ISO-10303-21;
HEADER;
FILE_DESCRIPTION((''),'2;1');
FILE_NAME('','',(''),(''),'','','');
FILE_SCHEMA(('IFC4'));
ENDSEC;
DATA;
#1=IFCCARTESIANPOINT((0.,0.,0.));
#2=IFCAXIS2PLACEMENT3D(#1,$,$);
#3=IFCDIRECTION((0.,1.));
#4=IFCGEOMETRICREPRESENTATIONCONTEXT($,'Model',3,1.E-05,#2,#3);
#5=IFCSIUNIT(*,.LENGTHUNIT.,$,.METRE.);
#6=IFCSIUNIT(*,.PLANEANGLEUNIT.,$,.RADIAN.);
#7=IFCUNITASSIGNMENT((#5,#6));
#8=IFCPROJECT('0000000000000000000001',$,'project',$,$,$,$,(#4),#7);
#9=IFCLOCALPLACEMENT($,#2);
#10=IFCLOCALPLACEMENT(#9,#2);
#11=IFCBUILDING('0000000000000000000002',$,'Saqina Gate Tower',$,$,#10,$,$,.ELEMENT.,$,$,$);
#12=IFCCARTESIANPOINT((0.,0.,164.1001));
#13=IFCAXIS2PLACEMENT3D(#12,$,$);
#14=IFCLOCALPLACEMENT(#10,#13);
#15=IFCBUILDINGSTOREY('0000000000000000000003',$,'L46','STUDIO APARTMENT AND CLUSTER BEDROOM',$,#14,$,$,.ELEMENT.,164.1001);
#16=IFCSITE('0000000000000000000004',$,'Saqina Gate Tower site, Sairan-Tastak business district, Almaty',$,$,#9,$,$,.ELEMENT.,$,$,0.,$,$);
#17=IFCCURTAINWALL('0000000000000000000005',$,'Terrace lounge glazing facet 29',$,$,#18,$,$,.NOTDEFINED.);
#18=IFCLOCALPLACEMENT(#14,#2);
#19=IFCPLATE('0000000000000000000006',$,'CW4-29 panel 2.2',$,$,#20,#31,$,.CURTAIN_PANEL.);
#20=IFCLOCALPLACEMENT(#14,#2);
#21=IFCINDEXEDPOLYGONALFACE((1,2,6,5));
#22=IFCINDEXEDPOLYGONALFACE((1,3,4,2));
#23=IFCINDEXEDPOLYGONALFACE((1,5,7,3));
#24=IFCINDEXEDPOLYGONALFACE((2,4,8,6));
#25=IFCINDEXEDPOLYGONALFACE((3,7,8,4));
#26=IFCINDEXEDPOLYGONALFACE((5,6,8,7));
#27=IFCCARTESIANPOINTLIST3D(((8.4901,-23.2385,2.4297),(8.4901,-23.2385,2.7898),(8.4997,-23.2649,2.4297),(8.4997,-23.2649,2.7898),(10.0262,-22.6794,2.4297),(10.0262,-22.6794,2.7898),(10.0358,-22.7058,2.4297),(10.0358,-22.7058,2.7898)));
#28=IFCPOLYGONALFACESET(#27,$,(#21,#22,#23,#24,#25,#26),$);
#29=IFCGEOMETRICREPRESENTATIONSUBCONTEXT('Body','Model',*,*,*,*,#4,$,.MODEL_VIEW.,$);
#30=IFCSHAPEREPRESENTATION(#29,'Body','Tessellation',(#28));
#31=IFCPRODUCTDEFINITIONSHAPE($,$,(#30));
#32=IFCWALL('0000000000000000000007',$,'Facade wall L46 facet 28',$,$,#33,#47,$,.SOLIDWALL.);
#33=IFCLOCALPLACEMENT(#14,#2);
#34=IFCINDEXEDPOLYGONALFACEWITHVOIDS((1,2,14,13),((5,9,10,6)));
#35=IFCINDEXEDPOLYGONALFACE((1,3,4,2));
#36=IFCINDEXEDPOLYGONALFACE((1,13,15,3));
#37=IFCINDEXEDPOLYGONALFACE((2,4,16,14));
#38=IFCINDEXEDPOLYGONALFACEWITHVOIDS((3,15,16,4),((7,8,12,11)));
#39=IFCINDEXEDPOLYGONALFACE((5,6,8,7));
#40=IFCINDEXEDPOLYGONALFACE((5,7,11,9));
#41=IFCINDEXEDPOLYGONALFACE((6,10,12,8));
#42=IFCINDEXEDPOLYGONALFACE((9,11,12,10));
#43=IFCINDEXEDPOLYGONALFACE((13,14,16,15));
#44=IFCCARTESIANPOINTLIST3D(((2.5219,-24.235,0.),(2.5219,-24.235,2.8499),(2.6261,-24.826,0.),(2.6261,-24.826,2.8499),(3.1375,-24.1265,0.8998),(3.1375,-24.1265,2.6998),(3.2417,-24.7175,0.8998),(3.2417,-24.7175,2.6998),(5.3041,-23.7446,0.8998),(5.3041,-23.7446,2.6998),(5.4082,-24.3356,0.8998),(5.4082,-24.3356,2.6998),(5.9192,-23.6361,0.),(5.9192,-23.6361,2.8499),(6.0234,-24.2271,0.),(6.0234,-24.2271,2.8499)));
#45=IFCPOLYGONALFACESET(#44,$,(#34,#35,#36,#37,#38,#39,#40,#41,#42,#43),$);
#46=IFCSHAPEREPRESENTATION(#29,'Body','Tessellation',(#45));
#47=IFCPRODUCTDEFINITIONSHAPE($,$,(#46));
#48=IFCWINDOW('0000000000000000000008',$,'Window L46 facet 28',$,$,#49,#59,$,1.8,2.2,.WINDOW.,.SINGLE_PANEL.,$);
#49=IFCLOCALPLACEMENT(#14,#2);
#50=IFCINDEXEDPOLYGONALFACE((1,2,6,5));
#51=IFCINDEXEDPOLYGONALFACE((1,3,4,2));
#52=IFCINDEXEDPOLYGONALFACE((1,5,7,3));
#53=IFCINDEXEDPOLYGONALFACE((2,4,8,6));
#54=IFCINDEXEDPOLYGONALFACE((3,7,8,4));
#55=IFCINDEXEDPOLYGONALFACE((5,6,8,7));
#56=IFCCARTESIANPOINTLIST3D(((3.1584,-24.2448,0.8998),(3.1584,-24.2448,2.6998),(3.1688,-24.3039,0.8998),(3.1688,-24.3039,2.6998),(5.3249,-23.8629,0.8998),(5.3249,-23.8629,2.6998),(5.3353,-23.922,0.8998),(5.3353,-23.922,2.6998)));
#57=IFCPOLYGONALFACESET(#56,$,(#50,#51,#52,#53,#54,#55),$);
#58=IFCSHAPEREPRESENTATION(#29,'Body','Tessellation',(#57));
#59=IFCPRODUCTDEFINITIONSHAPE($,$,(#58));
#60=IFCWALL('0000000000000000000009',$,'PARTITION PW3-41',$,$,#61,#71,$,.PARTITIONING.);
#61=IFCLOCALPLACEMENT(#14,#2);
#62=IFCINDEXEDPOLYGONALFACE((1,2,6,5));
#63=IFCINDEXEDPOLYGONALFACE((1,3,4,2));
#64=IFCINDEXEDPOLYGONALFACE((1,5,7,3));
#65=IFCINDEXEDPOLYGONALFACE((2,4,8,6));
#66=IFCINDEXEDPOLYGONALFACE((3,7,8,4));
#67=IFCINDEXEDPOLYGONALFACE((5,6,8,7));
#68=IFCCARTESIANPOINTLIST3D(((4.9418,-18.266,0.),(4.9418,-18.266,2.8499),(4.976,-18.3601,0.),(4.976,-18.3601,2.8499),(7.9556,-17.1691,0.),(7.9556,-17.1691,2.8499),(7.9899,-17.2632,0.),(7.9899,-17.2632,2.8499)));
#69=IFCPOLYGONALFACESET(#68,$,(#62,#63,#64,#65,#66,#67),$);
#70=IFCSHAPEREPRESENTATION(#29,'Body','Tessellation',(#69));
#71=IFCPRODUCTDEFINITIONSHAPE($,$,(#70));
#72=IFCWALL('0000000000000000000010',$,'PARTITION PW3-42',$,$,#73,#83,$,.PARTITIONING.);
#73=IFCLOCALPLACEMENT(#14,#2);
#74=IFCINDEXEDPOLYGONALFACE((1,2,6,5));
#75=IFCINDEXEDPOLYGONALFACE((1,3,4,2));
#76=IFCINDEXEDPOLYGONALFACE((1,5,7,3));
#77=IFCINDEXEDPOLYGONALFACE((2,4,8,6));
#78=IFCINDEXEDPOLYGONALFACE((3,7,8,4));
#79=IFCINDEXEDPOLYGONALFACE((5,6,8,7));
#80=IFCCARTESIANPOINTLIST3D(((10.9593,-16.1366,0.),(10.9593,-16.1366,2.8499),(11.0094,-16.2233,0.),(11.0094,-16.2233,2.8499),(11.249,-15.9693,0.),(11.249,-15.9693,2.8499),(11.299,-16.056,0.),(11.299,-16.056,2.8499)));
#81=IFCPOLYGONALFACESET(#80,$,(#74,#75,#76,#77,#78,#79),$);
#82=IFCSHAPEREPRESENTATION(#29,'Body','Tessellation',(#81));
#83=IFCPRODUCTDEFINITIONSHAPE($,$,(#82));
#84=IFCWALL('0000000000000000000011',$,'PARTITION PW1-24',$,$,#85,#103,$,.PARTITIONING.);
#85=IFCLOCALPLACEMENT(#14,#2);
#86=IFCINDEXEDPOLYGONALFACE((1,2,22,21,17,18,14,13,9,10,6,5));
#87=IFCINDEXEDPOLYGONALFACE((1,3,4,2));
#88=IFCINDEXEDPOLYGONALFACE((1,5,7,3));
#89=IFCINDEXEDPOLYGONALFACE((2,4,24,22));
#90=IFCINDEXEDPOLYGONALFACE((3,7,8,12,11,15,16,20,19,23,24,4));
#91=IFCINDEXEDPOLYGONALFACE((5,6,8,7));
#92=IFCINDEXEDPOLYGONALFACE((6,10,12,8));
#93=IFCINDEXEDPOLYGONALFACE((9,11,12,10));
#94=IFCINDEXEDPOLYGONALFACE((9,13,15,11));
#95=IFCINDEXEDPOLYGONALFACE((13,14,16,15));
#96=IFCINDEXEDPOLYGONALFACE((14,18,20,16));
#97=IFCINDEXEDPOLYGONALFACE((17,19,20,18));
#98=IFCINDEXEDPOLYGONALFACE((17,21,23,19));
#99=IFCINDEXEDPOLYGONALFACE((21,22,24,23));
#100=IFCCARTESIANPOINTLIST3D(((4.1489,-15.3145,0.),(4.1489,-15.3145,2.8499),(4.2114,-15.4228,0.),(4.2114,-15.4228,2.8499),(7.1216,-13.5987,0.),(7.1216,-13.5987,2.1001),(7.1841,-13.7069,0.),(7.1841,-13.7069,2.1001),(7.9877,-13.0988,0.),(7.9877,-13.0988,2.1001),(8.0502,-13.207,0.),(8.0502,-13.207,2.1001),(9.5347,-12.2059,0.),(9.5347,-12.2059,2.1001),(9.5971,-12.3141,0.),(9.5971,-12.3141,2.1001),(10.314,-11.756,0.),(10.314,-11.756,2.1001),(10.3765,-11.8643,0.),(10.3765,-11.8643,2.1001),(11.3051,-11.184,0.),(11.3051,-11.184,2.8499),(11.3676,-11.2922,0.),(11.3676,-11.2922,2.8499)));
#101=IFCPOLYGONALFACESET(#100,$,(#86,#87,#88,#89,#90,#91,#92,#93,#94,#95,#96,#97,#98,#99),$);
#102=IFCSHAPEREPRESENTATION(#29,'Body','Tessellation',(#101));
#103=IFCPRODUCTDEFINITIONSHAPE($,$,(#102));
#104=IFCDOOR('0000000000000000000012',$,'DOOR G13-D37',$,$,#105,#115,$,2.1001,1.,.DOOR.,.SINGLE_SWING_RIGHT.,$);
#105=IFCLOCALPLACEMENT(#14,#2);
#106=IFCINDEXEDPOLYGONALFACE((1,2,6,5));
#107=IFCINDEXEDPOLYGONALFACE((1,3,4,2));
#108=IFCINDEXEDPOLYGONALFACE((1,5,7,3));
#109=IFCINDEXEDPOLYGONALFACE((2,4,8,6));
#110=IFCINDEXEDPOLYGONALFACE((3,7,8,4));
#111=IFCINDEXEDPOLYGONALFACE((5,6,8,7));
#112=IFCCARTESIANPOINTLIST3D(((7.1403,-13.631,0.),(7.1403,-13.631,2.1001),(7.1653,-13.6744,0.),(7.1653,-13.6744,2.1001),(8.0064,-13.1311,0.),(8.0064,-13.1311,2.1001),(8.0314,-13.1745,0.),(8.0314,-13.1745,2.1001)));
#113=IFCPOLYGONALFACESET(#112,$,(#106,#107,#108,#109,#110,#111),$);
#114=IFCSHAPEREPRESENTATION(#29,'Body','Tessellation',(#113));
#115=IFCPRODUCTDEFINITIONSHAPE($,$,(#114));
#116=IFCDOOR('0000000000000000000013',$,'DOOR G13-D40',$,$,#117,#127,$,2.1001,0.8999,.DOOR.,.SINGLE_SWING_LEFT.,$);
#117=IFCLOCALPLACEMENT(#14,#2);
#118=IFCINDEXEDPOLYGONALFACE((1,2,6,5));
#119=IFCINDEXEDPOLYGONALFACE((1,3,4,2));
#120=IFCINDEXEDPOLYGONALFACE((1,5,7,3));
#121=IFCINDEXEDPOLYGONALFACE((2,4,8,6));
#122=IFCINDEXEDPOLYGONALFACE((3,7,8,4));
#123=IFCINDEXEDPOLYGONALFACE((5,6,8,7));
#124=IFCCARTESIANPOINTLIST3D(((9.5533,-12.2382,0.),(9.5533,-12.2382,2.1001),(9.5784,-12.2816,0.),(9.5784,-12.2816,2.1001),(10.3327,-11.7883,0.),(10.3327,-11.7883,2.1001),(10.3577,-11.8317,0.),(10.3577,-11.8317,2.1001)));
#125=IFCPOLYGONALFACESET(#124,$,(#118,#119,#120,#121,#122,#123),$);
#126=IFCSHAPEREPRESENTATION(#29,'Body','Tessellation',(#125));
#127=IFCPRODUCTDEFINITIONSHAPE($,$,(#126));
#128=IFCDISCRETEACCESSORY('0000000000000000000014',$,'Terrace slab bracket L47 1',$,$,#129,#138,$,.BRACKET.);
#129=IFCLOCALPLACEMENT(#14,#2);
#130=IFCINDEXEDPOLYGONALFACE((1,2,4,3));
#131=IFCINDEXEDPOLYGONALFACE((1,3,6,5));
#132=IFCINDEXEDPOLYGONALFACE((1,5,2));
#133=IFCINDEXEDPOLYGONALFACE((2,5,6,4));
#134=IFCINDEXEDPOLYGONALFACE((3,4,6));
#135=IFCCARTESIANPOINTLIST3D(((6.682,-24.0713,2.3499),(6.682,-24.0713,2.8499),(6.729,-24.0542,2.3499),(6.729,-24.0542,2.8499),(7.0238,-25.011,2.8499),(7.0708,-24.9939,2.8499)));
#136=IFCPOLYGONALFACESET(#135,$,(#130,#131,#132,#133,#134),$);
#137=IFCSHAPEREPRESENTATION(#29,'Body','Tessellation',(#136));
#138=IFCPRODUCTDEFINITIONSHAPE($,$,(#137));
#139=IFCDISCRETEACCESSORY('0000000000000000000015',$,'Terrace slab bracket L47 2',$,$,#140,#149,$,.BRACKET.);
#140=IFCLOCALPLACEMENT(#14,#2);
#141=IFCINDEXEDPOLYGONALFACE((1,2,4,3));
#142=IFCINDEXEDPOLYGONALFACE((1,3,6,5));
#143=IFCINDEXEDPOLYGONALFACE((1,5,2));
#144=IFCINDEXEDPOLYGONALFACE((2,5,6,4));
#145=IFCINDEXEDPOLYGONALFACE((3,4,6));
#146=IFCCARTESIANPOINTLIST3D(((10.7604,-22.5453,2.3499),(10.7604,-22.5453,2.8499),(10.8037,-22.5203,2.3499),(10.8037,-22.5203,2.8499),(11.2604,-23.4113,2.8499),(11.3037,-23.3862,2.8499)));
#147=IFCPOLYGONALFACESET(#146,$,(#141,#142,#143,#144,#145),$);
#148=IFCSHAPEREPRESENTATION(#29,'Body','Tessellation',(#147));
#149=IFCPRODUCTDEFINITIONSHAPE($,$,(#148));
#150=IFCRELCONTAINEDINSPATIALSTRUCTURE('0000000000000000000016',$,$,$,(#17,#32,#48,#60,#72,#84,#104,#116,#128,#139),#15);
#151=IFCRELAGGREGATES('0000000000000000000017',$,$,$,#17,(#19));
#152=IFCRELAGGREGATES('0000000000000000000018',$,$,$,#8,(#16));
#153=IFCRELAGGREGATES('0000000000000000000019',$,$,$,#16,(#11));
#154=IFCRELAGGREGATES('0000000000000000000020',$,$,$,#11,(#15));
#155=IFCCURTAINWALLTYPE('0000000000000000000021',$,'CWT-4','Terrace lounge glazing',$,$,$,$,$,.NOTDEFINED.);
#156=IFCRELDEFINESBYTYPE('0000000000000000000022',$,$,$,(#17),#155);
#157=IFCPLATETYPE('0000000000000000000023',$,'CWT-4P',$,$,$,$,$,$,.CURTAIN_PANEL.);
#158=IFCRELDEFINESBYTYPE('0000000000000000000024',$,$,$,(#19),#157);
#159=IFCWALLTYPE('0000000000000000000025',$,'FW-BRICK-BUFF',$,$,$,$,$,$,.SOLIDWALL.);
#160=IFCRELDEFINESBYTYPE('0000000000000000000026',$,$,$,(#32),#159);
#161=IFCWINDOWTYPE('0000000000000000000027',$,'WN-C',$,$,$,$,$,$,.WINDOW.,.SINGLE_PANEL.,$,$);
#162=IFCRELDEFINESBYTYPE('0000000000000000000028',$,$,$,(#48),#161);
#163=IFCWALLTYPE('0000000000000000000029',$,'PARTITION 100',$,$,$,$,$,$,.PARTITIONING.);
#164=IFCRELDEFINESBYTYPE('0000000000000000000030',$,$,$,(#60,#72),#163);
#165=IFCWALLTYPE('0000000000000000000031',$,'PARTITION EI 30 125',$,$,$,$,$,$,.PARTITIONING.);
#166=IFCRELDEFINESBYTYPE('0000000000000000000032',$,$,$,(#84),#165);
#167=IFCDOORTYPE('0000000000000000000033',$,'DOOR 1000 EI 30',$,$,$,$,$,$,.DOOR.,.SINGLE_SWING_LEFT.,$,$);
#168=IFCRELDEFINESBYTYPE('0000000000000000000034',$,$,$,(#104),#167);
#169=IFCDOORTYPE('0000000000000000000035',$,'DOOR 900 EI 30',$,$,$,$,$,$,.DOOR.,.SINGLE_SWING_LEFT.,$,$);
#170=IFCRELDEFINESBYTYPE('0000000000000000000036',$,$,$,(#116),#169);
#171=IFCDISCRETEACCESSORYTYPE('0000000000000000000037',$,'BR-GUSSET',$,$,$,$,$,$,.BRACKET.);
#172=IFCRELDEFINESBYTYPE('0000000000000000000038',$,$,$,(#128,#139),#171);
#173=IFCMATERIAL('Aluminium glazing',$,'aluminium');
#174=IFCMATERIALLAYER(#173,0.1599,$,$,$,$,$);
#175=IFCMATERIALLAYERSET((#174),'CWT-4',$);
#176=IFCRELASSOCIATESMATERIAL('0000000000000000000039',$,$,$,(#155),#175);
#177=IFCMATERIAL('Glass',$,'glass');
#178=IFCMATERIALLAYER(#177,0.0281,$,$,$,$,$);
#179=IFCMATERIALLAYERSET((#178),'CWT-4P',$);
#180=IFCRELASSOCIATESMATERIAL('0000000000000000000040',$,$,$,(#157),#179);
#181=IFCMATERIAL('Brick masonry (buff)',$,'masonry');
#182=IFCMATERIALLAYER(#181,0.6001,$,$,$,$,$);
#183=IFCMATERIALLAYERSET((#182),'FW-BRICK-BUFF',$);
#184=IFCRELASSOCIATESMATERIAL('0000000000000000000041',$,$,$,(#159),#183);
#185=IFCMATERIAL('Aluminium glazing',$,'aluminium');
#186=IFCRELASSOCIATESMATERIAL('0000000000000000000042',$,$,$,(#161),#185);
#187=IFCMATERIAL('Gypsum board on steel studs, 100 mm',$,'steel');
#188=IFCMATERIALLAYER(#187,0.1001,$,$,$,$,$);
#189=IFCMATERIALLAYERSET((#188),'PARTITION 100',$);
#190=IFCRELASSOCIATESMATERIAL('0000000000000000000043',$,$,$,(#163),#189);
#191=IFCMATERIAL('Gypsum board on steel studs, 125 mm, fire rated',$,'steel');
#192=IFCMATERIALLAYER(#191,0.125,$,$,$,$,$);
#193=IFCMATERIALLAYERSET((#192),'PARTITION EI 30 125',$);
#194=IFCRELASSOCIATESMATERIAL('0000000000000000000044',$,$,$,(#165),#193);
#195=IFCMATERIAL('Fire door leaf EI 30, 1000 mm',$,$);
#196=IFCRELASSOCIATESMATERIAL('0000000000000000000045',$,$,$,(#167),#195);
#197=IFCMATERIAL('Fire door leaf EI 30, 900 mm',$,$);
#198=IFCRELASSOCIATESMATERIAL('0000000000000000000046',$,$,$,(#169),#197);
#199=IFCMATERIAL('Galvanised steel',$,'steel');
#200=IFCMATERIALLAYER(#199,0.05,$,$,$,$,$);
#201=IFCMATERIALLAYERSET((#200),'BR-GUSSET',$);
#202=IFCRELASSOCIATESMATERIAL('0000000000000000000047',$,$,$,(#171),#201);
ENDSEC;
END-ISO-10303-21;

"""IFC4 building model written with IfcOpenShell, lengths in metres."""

from ifc_helpers import new_model, si_unit, direction, frame, frame_2d, origin, origin_2d, place, context, subcontext, project, spatial, polyline, rectangle, outline, extrude, material, layer, layer_set, type_object, element, fill, aggregate, save


model = new_model("IFC4")

# Units and contexts
model_context = context("Model", 3, precision=1e-05, world=origin(), true_north=direction((0.0, 1.0)))
body_context = subcontext(model_context, "Body", "Model", "MODEL_VIEW")
ifc_project = project(units=[si_unit("LENGTHUNIT", "METRE"), si_unit("PLANEANGLEUNIT", "RADIAN")], contexts=[model_context])

# Site, building, storey
site_placement = place(None, origin())
site = spatial("IfcSite", under=ifc_project, at=site_placement, Name="Saqina Gate Tower site, Sairan-Tastak business district, Almaty", CompositionType="ELEMENT", RefElevation=0.0)
building_placement = place(site_placement, origin())
building = spatial("IfcBuilding", under=site, at=building_placement, Name="Saqina Gate Tower", CompositionType="ELEMENT")
storey_placement = place(building_placement, frame((0.0, 0.0, 164.1001)))
storey = spatial("IfcBuildingStorey", under=building, at=storey_placement, Name="L46", Description="STUDIO APARTMENT AND CLUSTER BEDROOM", CompositionType="ELEMENT", Elevation=164.1001)

# Curtain wall, plate
ifc_material_1 = material(Name="Aluminium glazing", Category="aluminium")
ifc_layer_1 = layer(ifc_material_1, 0.1599)
ifc_layer_set_1 = layer_set([ifc_layer_1], Name="CWT-4")
curtain_wall_type = type_object("IfcCurtainWallType", Name="CWT-4", Description="Terrace lounge glazing", PredefinedType="NOTDEFINED", material=ifc_layer_set_1)
curtain_wall_placement = place(storey_placement, origin())
curtain_wall = element("IfcCurtainWall", 1, at=curtain_wall_placement, inside=storey, type_object=curtain_wall_type, Name="Terrace lounge glazing facet 29", PredefinedType="NOTDEFINED")
ifc_material_2 = material(Name="Glass", Category="glass")
ifc_layer_2 = layer(ifc_material_2, 0.0281)
ifc_layer_set_2 = layer_set([ifc_layer_2], Name="CWT-4P")
plate_type = type_object("IfcPlateType", Name="CWT-4P", PredefinedType="CURTAIN_PANEL", material=ifc_layer_set_2)
plate_1_placement = place(storey_placement, frame((9.2629, -22.9722, 2.4297), z_axis=(0.0, 0.0, 1.0), x_axis=(0.939691, 0.342025, 0.0)))
plate_1 = element("IfcPlate", 2, at=plate_1_placement, type_object=plate_type, Name="CW4-29 panel 2.2", PredefinedType="CURTAIN_PANEL", context=body_context, shape_type="SweptSolid", body=[
    extrude(rectangle(XDim=1.6348, YDim=0.0281, at=origin_2d()), origin(), (0.0, 0.0, 1.0), 0.3601),
])
aggregate(curtain_wall, [plate_1])

# Wall, opening, window
ifc_material_3 = material(Name="Brick masonry (buff)", Category="masonry")
ifc_layer_3 = layer(ifc_material_3, 0.6001)
ifc_layer_set_3 = layer_set([ifc_layer_3], Name="FW-BRICK-BUFF")
wall_type_1 = type_object("IfcWallType", Name="FW-BRICK-BUFF", PredefinedType="SOLIDWALL", material=ifc_layer_set_3)
wall_1_placement = place(storey_placement, frame((2.574, -24.5305, 0.0), z_axis=(0.0, 0.0, 1.0), x_axis=(0.984815, 0.173608, 0.0)))
wall_1 = element("IfcWall", 3, at=wall_1_placement, inside=storey, type_object=wall_type_1, Name="Facade wall L46 facet 28", PredefinedType="SOLIDWALL", context=body_context, shape_type="SweptSolid", body=[
    extrude(rectangle(XDim=3.4497, YDim=0.6001, at=frame_2d((1.7249, 0.0))), origin(), (0.0, 0.0, 1.0), 2.8499),
])
opening_1_placement = place(wall_1_placement, frame((0.625, 0.0, 0.8999)))
opening_1 = element("IfcOpeningElement", 4, at=opening_1_placement, cuts=wall_1, PredefinedType="OPENING", context=body_context, shape_type="SweptSolid", body=[
    extrude(rectangle(XDim=2.2, YDim=1.8, at=frame_2d((1.1001, 0.8999))), frame((0.0, 0.312, 0.0), z_axis=(0.0, -1.0, 0.0), x_axis=(1.0, 0.0, 0.0)), (0.0, 0.0, 1.0), 0.624),
])
ifc_material_4 = material(Name="Aluminium glazing", Category="aluminium")
window_type = type_object("IfcWindowType", Name="WN-C", PartitioningType="SINGLE_PANEL", PredefinedType="WINDOW", material=ifc_material_4)
window_placement = place(opening_1_placement, origin())
window = element("IfcWindow", 5, at=window_placement, inside=storey, type_object=window_type, Name="Window L46 facet 28", OverallHeight=1.8, OverallWidth=2.2, PartitioningType="SINGLE_PANEL", PredefinedType="WINDOW", context=body_context, shape_type="SweptSolid", body=[
    extrude(rectangle(XDim=2.2, YDim=1.8, at=frame_2d((1.1001, 0.8999))), frame((0.0, 0.1799, 0.0), z_axis=(0.0, -1.0, 0.0), x_axis=(1.0, 0.0, 0.0)), (0.0, 0.0, 1.0), 0.0601),
])
fill(opening_1, window)

# Walls
ifc_material_5 = material(Name="Gypsum board on steel studs, 100 mm", Category="steel")
ifc_layer_4 = layer(ifc_material_5, 0.1001)
ifc_layer_set_4 = layer_set([ifc_layer_4], Name="PARTITION 100")
wall_type_2 = type_object("IfcWallType", Name="PARTITION 100", PredefinedType="PARTITIONING", material=ifc_layer_set_4)
wall_2_placement = place(storey_placement, frame((4.959, -18.313, 0.0), z_axis=(0.0, 0.0, 1.0), x_axis=(0.939698, 0.342006, 0.0)))
element("IfcWall", 6, at=wall_2_placement, inside=storey, type_object=wall_type_2, Name="PARTITION PW3-41", PredefinedType="PARTITIONING", context=body_context, shape_type="SweptSolid", body=[
    extrude(rectangle(XDim=3.2073, YDim=0.1001, at=frame_2d((1.6035, 0.0))), origin(), (0.0, 0.0, 1.0), 2.8499),
])
wall_3_placement = place(storey_placement, frame((10.9844, -16.1799, 0.0), z_axis=(0.0, 0.0, 1.0), x_axis=(0.865942, 0.500144, 0.0)))
element("IfcWall", 7, at=wall_3_placement, inside=storey, type_object=wall_type_2, Name="PARTITION PW3-42", PredefinedType="PARTITIONING", context=body_context, shape_type="SweptSolid", body=[
    extrude(rectangle(XDim=0.3345, YDim=0.1001, at=frame_2d((0.1672, 0.0))), origin(), (0.0, 0.0, 1.0), 2.8499),
])

# Wall, openings, doors
ifc_material_6 = material(Name="Gypsum board on steel studs, 125 mm, fire rated", Category="steel")
ifc_layer_5 = layer(ifc_material_6, 0.125)
ifc_layer_set_5 = layer_set([ifc_layer_5], Name="PARTITION EI 30 125")
wall_type_3 = type_object("IfcWallType", Name="PARTITION EI 30 125", PredefinedType="PARTITIONING", material=ifc_layer_set_5)
wall_4_placement = place(storey_placement, frame((4.1802, -15.3687, 0.0), z_axis=(0.0, 0.0, 1.0), x_axis=(0.86608, 0.499905, 0.0)))
wall_4 = element("IfcWall", 8, at=wall_4_placement, inside=storey, type_object=wall_type_3, Name="PARTITION PW1-24", PredefinedType="PARTITIONING", context=body_context, shape_type="SweptSolid", body=[
    extrude(rectangle(XDim=8.2627, YDim=0.125, at=frame_2d((4.1313, 0.0))), origin(), (0.0, 0.0, 1.0), 2.8499),
])
opening_2_placement = place(wall_4_placement, frame((3.4324, 0.0, 0.0)))
opening_2 = element("IfcOpeningElement", 9, at=opening_2_placement, cuts=wall_4, PredefinedType="OPENING", context=body_context, shape_type="SweptSolid", body=[
    extrude(rectangle(XDim=1.0, YDim=2.1001, at=frame_2d((0.5, 1.05))), frame((0.0, 0.0745, 0.0), z_axis=(0.0, -1.0, 0.0), x_axis=(1.0, 0.0, 0.0)), (0.0, 0.0, 1.0), 0.1489),
])
opening_3_placement = place(wall_4_placement, frame((6.2185, 0.0, 0.0)))
opening_3 = element("IfcOpeningElement", 10, at=opening_3_placement, cuts=wall_4, PredefinedType="OPENING", context=body_context, shape_type="SweptSolid", body=[
    extrude(rectangle(XDim=0.8999, YDim=2.1001, at=frame_2d((0.45, 1.05))), frame((0.0, 0.0745, 0.0), z_axis=(0.0, -1.0, 0.0), x_axis=(1.0, 0.0, 0.0)), (0.0, 0.0, 1.0), 0.1489),
])
ifc_material_7 = material(Name="Fire door leaf EI 30, 1000 mm")
door_type_1 = type_object("IfcDoorType", Name="DOOR 1000 EI 30", OperationType="SINGLE_SWING_LEFT", PredefinedType="DOOR", material=ifc_material_7)
door_1_placement = place(opening_2_placement, frame((1.0, 0.0, 0.0), z_axis=(0.0, 0.0, 1.0), x_axis=(-1.0, 0.0, 0.0)))
door_1 = element("IfcDoor", 11, at=door_1_placement, inside=storey, type_object=door_type_1, Name="DOOR G13-D37", OperationType="SINGLE_SWING_RIGHT", OverallHeight=2.1001, OverallWidth=1.0, PredefinedType="DOOR", context=body_context, shape_type="SweptSolid", body=[
    extrude(rectangle(XDim=1.0, YDim=2.1001, at=frame_2d((0.5, 1.05))), frame((0.0, 0.0249, 0.0), z_axis=(0.0, -1.0, 0.0), x_axis=(1.0, 0.0, 0.0)), (0.0, 0.0, 1.0), 0.05),
])
fill(opening_2, door_1)
ifc_material_8 = material(Name="Fire door leaf EI 30, 900 mm")
door_type_2 = type_object("IfcDoorType", Name="DOOR 900 EI 30", OperationType="SINGLE_SWING_LEFT", PredefinedType="DOOR", material=ifc_material_8)
door_2_placement = place(opening_3_placement, frame((0.8999, 0.0, 0.0), z_axis=(0.0, 0.0, 1.0), x_axis=(-1.0, 0.0, 0.0)))
door_2 = element("IfcDoor", 12, at=door_2_placement, inside=storey, type_object=door_type_2, Name="DOOR G13-D40", OperationType="SINGLE_SWING_LEFT", OverallHeight=2.1001, OverallWidth=0.8999, PredefinedType="DOOR", context=body_context, shape_type="SweptSolid", body=[
    extrude(rectangle(XDim=0.8999, YDim=2.1001, at=frame_2d((0.45, 1.05))), frame((0.0, 0.0249, 0.0), z_axis=(0.0, -1.0, 0.0), x_axis=(1.0, 0.0, 0.0)), (0.0, 0.0, 1.0), 0.05),
])
fill(opening_3, door_2)

# Discrete accessories
ifc_material_9 = material(Name="Galvanised steel", Category="steel")
ifc_layer_6 = layer(ifc_material_9, 0.05)
ifc_layer_set_6 = layer_set([ifc_layer_6], Name="BR-GUSSET")
discrete_accessory_type = type_object("IfcDiscreteAccessoryType", Name="BR-GUSSET", PredefinedType="BRACKET", material=ifc_layer_set_6)
discrete_accessory_1_placement = place(storey_placement, frame((6.729, -24.0542, 2.3499), z_axis=(0.939765, 0.341821, 0.0), x_axis=(0.0, 0.0, 1.0)))
element("IfcDiscreteAccessory", 13, at=discrete_accessory_1_placement, inside=storey, type_object=discrete_accessory_type, Name="Terrace slab bracket L47 1", PredefinedType="BRACKET", context=body_context, shape_type="SweptSolid", body=[
    extrude(outline(polyline([(0.0, 0.0), (0.5, 0.0), (0.5, 0.9999), (0.0, 0.0)])), origin(), (0.0, 0.0, -1.0), 0.05),
])
discrete_accessory_2_placement = place(storey_placement, frame((10.8037, -22.5203, 2.3499), z_axis=(0.866011, 0.500025, 0.0), x_axis=(0.0, 0.0, 1.0)))
element("IfcDiscreteAccessory", 14, at=discrete_accessory_2_placement, inside=storey, type_object=discrete_accessory_type, Name="Terrace slab bracket L47 2", PredefinedType="BRACKET", context=body_context, shape_type="SweptSolid", body=[
    extrude(outline(polyline([(0.0, 0.0), (0.5, 0.0), (0.5, 0.9999), (0.0, 0.0)])), origin(), (0.0, 0.0, -1.0), 0.05),
])

save(model, "model.ifc")
